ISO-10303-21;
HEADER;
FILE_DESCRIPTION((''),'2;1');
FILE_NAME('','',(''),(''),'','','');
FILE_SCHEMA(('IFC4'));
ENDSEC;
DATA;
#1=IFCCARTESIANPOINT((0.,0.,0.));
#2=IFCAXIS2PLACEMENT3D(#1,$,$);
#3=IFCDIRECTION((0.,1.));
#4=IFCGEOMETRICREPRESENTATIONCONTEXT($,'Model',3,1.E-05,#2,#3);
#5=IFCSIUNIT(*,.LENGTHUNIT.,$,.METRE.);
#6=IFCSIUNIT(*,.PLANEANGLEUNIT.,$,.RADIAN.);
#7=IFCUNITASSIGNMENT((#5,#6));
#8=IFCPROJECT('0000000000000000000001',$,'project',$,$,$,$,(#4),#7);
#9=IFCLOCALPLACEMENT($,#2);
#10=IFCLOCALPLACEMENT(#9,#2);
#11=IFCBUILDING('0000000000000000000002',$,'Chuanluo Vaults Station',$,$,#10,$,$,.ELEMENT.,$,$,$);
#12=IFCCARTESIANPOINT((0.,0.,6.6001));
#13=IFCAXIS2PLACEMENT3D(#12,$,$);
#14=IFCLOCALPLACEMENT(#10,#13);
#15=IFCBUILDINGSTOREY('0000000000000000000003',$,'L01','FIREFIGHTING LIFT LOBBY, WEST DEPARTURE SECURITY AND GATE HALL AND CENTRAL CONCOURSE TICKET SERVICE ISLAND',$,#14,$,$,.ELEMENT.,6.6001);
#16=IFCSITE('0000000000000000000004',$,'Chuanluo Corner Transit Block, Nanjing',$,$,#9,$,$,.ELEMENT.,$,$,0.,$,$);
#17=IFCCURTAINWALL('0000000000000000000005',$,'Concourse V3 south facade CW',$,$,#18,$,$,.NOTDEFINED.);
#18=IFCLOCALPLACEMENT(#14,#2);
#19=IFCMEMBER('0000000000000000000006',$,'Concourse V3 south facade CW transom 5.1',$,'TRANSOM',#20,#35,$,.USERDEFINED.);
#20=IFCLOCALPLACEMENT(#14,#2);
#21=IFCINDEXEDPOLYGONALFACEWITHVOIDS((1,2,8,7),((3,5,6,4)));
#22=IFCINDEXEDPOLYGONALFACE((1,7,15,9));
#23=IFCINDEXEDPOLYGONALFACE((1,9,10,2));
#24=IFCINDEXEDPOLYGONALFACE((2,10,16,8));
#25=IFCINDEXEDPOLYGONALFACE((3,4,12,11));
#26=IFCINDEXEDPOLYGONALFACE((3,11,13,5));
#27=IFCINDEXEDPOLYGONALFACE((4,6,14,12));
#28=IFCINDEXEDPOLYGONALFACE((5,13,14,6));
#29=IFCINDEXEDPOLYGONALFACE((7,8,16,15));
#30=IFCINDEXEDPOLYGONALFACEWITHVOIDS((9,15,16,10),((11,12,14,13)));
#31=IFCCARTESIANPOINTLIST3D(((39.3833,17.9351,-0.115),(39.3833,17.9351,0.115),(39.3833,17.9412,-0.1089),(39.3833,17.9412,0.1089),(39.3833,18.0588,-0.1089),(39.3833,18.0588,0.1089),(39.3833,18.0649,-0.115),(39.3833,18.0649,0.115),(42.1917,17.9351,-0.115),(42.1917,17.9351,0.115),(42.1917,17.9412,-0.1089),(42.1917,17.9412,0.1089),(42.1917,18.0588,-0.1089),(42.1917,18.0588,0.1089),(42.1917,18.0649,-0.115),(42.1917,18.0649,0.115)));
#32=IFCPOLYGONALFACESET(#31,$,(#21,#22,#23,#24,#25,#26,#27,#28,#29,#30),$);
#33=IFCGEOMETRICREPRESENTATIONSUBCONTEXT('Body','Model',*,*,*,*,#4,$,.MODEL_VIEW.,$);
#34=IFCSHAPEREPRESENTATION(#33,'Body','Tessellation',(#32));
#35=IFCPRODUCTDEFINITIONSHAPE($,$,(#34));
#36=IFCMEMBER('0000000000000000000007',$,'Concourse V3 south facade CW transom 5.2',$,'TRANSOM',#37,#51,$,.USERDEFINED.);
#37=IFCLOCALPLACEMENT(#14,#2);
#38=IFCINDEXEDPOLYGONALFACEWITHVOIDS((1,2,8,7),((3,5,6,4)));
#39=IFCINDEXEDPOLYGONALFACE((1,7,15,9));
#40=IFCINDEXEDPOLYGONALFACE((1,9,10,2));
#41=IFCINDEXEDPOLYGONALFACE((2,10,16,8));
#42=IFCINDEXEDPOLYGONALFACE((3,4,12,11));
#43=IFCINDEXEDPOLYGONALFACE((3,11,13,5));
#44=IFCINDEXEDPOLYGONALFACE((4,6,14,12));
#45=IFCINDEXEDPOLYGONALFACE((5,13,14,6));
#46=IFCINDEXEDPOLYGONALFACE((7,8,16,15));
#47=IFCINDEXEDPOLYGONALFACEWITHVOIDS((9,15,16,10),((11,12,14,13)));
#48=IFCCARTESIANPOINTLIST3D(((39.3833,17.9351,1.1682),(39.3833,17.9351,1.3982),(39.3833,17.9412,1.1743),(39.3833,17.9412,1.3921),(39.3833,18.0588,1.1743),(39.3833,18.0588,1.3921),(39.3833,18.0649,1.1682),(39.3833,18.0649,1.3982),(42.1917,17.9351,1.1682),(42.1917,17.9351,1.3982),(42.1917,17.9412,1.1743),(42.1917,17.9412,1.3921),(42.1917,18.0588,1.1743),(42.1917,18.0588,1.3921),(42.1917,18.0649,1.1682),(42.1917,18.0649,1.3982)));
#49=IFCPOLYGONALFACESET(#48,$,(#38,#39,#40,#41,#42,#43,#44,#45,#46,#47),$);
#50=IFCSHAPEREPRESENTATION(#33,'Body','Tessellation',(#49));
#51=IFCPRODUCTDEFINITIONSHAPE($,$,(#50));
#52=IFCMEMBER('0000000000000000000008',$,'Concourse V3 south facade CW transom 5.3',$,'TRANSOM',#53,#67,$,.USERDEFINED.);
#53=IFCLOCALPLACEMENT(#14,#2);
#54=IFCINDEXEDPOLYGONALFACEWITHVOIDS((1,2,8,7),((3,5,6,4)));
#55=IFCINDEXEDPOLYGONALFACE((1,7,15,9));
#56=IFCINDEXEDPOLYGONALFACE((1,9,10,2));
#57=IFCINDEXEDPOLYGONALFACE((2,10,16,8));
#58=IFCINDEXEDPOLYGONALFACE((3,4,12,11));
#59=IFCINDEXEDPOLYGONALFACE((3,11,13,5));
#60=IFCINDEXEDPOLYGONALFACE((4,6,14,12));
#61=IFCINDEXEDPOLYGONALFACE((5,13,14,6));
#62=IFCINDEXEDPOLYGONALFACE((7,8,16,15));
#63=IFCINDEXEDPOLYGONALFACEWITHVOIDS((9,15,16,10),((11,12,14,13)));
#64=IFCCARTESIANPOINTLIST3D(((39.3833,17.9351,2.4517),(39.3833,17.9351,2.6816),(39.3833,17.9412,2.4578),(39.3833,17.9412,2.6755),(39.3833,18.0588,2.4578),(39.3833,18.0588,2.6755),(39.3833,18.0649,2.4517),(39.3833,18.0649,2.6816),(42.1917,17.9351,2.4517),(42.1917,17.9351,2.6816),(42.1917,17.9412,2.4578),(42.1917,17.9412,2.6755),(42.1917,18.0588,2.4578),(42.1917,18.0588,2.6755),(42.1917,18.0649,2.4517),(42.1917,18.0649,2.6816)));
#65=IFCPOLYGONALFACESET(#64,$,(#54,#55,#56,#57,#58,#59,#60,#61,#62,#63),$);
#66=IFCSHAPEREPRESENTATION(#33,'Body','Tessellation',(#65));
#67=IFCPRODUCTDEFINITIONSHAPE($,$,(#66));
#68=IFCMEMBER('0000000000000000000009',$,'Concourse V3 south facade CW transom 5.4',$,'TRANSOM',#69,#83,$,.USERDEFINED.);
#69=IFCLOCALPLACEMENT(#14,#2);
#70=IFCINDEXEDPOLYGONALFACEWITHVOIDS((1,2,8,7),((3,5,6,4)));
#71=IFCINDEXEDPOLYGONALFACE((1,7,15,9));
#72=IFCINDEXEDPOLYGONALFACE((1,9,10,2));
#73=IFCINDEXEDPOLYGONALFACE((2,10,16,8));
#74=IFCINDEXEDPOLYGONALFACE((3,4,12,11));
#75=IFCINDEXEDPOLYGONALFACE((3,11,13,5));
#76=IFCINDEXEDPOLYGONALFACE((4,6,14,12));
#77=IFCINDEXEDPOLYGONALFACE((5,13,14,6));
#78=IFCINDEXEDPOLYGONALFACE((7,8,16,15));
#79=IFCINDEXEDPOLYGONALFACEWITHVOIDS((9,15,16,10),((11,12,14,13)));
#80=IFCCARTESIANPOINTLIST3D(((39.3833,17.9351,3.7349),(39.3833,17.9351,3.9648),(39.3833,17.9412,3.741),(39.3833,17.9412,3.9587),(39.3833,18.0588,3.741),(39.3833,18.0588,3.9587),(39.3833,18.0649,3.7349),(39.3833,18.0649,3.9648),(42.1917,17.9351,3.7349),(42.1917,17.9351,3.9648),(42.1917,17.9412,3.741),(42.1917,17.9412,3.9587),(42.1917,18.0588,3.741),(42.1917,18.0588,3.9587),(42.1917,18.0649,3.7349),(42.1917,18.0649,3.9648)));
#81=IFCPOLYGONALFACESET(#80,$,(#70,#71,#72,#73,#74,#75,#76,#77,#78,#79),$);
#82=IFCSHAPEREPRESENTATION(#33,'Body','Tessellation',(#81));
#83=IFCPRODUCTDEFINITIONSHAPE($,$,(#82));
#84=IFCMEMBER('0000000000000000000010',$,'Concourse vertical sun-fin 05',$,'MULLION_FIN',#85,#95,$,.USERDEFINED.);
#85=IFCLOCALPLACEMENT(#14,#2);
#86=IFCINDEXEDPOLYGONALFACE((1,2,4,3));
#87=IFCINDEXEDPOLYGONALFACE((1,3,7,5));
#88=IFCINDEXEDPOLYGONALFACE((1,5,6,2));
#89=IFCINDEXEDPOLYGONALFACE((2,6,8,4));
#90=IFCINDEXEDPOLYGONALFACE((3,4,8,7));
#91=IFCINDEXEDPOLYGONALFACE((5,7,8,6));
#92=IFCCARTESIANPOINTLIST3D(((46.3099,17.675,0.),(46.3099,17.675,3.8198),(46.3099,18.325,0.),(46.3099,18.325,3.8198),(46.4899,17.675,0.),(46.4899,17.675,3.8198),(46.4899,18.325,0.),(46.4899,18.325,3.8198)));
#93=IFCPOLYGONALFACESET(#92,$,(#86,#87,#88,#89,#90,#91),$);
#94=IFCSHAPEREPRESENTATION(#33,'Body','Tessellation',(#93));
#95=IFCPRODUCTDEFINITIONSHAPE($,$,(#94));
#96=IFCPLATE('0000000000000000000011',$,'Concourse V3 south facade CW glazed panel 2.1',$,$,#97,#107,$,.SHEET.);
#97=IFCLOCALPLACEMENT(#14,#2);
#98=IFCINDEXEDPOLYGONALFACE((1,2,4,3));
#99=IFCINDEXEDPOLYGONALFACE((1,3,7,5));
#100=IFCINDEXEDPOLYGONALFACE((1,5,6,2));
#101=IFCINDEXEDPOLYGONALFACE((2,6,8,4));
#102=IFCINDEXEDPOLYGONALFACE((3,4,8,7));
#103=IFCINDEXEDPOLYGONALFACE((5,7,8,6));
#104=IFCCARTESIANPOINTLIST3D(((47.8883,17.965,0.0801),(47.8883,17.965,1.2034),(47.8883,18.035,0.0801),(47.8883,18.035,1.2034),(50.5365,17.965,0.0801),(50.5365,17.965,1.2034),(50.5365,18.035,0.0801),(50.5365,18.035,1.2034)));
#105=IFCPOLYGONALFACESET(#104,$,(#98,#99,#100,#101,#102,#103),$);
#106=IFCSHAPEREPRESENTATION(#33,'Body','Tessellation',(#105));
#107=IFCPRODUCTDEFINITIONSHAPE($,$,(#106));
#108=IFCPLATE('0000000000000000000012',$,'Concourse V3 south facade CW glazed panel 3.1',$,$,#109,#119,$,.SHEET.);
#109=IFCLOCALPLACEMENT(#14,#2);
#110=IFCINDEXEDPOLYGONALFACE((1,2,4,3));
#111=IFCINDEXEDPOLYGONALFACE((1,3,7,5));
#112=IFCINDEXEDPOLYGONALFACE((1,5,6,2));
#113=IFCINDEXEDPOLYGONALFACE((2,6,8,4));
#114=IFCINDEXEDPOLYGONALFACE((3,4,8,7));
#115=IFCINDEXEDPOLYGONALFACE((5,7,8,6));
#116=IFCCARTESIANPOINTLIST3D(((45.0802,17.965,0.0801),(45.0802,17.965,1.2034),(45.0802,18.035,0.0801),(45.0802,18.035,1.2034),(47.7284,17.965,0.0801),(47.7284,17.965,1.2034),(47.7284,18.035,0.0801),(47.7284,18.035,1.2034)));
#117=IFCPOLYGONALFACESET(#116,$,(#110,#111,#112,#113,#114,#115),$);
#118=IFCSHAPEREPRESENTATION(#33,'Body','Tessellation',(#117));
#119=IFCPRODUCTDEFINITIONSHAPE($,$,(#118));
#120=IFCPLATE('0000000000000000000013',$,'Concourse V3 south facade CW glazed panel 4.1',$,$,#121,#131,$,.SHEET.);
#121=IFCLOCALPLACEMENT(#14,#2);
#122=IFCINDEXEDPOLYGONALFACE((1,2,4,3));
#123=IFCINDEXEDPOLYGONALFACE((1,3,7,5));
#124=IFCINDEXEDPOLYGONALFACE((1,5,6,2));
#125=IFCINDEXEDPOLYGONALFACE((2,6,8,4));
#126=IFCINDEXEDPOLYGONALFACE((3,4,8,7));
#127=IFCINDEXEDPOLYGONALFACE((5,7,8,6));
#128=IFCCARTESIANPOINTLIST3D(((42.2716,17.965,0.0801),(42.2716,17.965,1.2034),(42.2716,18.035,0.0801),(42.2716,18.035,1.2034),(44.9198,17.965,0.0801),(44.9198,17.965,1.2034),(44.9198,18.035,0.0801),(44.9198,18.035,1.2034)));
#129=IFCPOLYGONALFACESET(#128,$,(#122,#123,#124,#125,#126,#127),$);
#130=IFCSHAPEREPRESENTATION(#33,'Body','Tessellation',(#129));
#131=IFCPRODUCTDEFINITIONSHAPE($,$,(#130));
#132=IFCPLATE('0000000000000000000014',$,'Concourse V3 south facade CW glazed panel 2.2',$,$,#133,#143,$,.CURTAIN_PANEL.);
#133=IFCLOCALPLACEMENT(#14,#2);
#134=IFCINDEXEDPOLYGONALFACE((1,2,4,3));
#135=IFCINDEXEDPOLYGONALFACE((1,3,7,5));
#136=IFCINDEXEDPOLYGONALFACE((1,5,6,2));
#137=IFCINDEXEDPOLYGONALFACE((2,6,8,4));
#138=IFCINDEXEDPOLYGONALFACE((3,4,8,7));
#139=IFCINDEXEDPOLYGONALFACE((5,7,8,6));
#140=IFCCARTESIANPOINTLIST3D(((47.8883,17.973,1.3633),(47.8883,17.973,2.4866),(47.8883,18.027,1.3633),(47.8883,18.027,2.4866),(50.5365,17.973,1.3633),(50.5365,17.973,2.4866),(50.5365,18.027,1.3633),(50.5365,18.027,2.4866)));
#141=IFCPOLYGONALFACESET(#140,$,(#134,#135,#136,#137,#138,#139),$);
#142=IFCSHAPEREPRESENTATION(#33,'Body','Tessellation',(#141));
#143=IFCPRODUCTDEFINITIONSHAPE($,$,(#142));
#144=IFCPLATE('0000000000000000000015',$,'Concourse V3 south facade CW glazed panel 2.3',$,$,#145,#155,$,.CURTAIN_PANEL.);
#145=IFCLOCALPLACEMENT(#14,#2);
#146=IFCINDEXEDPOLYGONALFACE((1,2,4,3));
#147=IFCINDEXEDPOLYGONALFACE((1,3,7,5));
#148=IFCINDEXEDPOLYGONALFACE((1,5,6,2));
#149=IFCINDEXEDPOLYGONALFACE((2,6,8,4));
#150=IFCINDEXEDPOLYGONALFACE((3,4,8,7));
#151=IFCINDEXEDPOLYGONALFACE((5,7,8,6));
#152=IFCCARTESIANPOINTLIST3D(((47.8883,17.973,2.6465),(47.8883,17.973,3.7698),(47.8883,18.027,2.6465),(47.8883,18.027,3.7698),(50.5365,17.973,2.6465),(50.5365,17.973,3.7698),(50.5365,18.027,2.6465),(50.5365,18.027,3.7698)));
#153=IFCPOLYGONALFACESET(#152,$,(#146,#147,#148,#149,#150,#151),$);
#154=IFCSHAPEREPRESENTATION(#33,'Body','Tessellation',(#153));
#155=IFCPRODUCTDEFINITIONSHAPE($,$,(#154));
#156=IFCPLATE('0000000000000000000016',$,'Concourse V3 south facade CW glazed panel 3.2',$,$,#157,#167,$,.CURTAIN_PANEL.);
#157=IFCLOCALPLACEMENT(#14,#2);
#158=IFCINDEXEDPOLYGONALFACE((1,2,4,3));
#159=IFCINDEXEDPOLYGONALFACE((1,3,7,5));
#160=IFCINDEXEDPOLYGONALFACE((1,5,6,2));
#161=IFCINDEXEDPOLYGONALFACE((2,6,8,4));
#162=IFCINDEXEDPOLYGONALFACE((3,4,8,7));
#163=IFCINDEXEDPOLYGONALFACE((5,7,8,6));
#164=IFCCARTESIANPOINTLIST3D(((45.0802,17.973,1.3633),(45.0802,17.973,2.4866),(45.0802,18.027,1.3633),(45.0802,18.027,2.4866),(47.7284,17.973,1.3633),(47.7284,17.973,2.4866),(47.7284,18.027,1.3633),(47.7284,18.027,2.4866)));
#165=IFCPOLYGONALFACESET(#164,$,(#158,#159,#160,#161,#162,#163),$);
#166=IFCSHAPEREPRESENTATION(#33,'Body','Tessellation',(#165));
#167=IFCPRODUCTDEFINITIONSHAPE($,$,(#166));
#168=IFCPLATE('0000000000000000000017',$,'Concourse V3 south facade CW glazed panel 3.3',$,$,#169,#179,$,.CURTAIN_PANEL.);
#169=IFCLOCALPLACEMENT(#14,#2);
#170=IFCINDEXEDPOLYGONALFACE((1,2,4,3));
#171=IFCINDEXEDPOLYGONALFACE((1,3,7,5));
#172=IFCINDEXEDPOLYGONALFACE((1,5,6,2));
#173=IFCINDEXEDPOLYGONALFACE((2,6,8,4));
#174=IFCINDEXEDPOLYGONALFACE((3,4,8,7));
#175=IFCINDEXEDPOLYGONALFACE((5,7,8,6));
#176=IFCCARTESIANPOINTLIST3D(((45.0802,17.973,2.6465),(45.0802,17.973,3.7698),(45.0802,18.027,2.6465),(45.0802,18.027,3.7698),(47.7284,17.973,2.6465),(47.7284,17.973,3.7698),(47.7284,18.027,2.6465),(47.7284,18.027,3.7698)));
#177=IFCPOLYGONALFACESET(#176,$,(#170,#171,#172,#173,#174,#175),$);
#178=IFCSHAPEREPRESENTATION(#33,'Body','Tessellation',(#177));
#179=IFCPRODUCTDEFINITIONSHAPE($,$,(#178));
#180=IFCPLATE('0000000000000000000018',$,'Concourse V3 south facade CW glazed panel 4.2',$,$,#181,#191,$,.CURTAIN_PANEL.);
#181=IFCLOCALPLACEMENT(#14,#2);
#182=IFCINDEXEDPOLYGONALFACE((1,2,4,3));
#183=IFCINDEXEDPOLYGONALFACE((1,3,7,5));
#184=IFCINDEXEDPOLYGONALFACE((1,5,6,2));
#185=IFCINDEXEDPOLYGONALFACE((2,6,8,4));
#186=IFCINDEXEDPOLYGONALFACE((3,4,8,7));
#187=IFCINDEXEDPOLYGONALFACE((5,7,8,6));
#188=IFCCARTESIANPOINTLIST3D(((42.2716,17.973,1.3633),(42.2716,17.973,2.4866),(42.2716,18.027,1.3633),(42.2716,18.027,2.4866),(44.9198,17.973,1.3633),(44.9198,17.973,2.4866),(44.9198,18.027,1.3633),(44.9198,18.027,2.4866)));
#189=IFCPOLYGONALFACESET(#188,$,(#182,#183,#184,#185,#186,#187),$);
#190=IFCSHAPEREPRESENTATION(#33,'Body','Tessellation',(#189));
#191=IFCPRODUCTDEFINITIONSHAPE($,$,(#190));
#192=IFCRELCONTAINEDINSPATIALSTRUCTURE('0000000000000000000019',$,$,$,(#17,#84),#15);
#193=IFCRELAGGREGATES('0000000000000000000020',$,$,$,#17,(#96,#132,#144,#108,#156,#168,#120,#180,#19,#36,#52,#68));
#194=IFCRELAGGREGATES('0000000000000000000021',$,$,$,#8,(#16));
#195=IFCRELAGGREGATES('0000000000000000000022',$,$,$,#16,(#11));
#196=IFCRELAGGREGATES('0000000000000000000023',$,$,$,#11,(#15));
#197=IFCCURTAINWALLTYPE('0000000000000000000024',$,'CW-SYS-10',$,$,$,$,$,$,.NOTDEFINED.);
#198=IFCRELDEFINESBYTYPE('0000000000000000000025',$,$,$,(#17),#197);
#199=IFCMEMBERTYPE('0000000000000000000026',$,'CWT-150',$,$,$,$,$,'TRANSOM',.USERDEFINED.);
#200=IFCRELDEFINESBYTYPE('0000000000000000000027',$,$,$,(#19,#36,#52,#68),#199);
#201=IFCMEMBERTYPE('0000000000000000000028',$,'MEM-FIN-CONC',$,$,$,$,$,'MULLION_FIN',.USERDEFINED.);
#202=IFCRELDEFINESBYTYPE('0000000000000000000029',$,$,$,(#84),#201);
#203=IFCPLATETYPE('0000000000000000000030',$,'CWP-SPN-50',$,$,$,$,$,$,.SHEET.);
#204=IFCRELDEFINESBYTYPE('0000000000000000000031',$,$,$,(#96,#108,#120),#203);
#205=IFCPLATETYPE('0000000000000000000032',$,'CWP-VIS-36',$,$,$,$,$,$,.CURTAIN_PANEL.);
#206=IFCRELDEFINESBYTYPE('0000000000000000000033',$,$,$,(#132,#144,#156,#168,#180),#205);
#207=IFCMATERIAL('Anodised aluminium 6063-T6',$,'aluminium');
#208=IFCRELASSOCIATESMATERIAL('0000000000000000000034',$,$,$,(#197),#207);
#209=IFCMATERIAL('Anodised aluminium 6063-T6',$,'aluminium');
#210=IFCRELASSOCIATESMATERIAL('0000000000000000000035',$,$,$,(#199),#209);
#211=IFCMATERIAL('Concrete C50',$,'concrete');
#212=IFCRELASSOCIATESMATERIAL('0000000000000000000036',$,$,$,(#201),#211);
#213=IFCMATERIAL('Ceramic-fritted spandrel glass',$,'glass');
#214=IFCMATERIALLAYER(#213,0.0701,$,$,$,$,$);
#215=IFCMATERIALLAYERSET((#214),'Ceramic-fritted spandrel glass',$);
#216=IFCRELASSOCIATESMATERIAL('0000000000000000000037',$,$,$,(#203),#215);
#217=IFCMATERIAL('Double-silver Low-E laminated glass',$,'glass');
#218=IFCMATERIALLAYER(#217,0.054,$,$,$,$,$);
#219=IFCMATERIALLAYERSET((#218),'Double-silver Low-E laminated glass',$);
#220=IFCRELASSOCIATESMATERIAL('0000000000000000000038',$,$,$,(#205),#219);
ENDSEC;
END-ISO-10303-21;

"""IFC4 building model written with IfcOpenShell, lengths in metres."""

from ifc_helpers import new_model, si_unit, direction, frame, origin, origin_2d, place, context, subcontext, project, spatial, rectangle, hollow_rectangle, extrude, material, layer, layer_set, material_profile, profile_set, type_object, element, aggregate, save


model = new_model("IFC4")

# Units and contexts
model_context = context("Model", 3, precision=1e-05, world=origin(), true_north=direction((0.0, 1.0)))
body_context = subcontext(model_context, "Body", "Model", "MODEL_VIEW")
ifc_project = project(units=[si_unit("LENGTHUNIT", "METRE"), si_unit("PLANEANGLEUNIT", "RADIAN")], contexts=[model_context])

# Site, building, storey
site_placement = place(None, origin())
site = spatial("IfcSite", under=ifc_project, at=site_placement, Name="Chuanluo Corner Transit Block, Nanjing", CompositionType="ELEMENT", RefElevation=0.0)
building_placement = place(site_placement, origin())
building = spatial("IfcBuilding", under=site, at=building_placement, Name="Chuanluo Vaults Station", CompositionType="ELEMENT")
storey_placement = place(building_placement, frame((0.0, 0.0, 6.6001)))
storey = spatial("IfcBuildingStorey", under=building, at=storey_placement, Name="L01", Description="FIREFIGHTING LIFT LOBBY, WEST DEPARTURE SECURITY AND GATE HALL AND CENTRAL CONCOURSE TICKET SERVICE ISLAND", CompositionType="ELEMENT", Elevation=6.6001)

# Curtain wall, members
ifc_material_1 = material(Name="Anodised aluminium 6063-T6", Category="aluminium")
curtain_wall_type = type_object("IfcCurtainWallType", Name="CW-SYS-10", PredefinedType="NOTDEFINED", material=ifc_material_1)
curtain_wall_placement = place(storey_placement, origin())
curtain_wall = element("IfcCurtainWall", 1, at=curtain_wall_placement, inside=storey, type_object=curtain_wall_type, Name="Concourse V3 south facade CW", PredefinedType="NOTDEFINED")
ifc_material_2 = material(Name="Anodised aluminium 6063-T6", Category="aluminium")
ifc_material_profile_1 = material_profile(ifc_material_2, hollow_rectangle(XDim=0.1299, YDim=0.23, WallThickness=0.0061, at=origin_2d()))
ifc_profile_set_1 = profile_set([ifc_material_profile_1], Name="Anodised aluminium 6063-T6")
member_type_1 = type_object("IfcMemberType", Name="CWT-150", ElementType="TRANSOM", PredefinedType="USERDEFINED", material=ifc_profile_set_1)
member_1_placement = place(storey_placement, frame((42.1917, 18.0, 0.0), z_axis=(-1.0, 0.0, 0.0), x_axis=(0.0, -1.0, 0.0)))
member_1 = element("IfcMember", 2, at=member_1_placement, type_object=member_type_1, Name="Concourse V3 south facade CW transom 5.1", ObjectType="TRANSOM", PredefinedType="USERDEFINED", context=body_context, shape_type="SweptSolid", body=[
    extrude(hollow_rectangle(XDim=0.1299, YDim=0.23, WallThickness=0.0061, at=origin_2d()), origin(), (0.0, 0.0, 1.0), 2.8083),
])
member_2_placement = place(storey_placement, frame((42.1917, 18.0, 1.2832), z_axis=(-1.0, 0.0, 0.0), x_axis=(0.0, -1.0, 0.0)))
member_2 = element("IfcMember", 3, at=member_2_placement, type_object=member_type_1, Name="Concourse V3 south facade CW transom 5.2", ObjectType="TRANSOM", PredefinedType="USERDEFINED", context=body_context, shape_type="SweptSolid", body=[
    extrude(hollow_rectangle(XDim=0.1299, YDim=0.23, WallThickness=0.0061, at=origin_2d()), origin(), (0.0, 0.0, 1.0), 2.8083),
])
member_3_placement = place(storey_placement, frame((42.1917, 18.0, 2.5667), z_axis=(-1.0, 0.0, 0.0), x_axis=(0.0, -1.0, 0.0)))
member_3 = element("IfcMember", 4, at=member_3_placement, type_object=member_type_1, Name="Concourse V3 south facade CW transom 5.3", ObjectType="TRANSOM", PredefinedType="USERDEFINED", context=body_context, shape_type="SweptSolid", body=[
    extrude(hollow_rectangle(XDim=0.1299, YDim=0.23, WallThickness=0.0061, at=origin_2d()), origin(), (0.0, 0.0, 1.0), 2.8083),
])
member_4_placement = place(storey_placement, frame((42.1917, 18.0, 3.8499), z_axis=(-1.0, 0.0, 0.0), x_axis=(0.0, -1.0, 0.0)))
member_4 = element("IfcMember", 5, at=member_4_placement, type_object=member_type_1, Name="Concourse V3 south facade CW transom 5.4", ObjectType="TRANSOM", PredefinedType="USERDEFINED", context=body_context, shape_type="SweptSolid", body=[
    extrude(hollow_rectangle(XDim=0.1299, YDim=0.23, WallThickness=0.0061, at=origin_2d()), origin(), (0.0, 0.0, 1.0), 2.8083),
])

# Member
ifc_material_3 = material(Name="Concrete C50", Category="concrete")
ifc_material_profile_2 = material_profile(ifc_material_3, rectangle(XDim=0.1799, YDim=0.6499, at=origin_2d()))
ifc_profile_set_2 = profile_set([ifc_material_profile_2], Name="Concrete C50")
member_type_2 = type_object("IfcMemberType", Name="MEM-FIN-CONC", ElementType="MULLION_FIN", PredefinedType="USERDEFINED", material=ifc_profile_set_2)
member_5_placement = place(storey_placement, frame((46.3999, 18.0, 0.0), z_axis=(0.0, 0.0, 1.0), x_axis=(1.0, 0.0, 0.0)))
element("IfcMember", 6, at=member_5_placement, inside=storey, type_object=member_type_2, Name="Concourse vertical sun-fin 05", ObjectType="MULLION_FIN", PredefinedType="USERDEFINED", context=body_context, shape_type="SweptSolid", body=[
    extrude(rectangle(XDim=0.1799, YDim=0.6499, at=origin_2d()), origin(), (0.0, 0.0, 1.0), 3.8198),
])

# Plates
ifc_material_4 = material(Name="Ceramic-fritted spandrel glass", Category="glass")
ifc_layer_1 = layer(ifc_material_4, 0.0701)
ifc_layer_set_1 = layer_set([ifc_layer_1], Name="Ceramic-fritted spandrel glass")
plate_type_1 = type_object("IfcPlateType", Name="CWP-SPN-50", PredefinedType="SHEET", material=ifc_layer_set_1)
plate_1_placement = place(storey_placement, frame((49.2124, 18.0, 0.0801), z_axis=(0.0, 0.0, 1.0), x_axis=(-1.0, 0.0, 0.0)))
plate_1 = element("IfcPlate", 7, at=plate_1_placement, type_object=plate_type_1, Name="Concourse V3 south facade CW glazed panel 2.1", PredefinedType="SHEET", context=body_context, shape_type="SweptSolid", body=[
    extrude(rectangle(XDim=2.6482, YDim=0.0701, at=origin_2d()), origin(), (0.0, 0.0, 1.0), 1.1233),
])
plate_2_placement = place(storey_placement, frame((46.4043, 18.0, 0.0801), z_axis=(0.0, 0.0, 1.0), x_axis=(-1.0, 0.0, 0.0)))
plate_2 = element("IfcPlate", 8, at=plate_2_placement, type_object=plate_type_1, Name="Concourse V3 south facade CW glazed panel 3.1", PredefinedType="SHEET", context=body_context, shape_type="SweptSolid", body=[
    extrude(rectangle(XDim=2.6482, YDim=0.0701, at=origin_2d()), origin(), (0.0, 0.0, 1.0), 1.1233),
])
plate_3_placement = place(storey_placement, frame((43.5957, 18.0, 0.0801), z_axis=(0.0, 0.0, 1.0), x_axis=(-1.0, 0.0, 0.0)))
plate_3 = element("IfcPlate", 9, at=plate_3_placement, type_object=plate_type_1, Name="Concourse V3 south facade CW glazed panel 4.1", PredefinedType="SHEET", context=body_context, shape_type="SweptSolid", body=[
    extrude(rectangle(XDim=2.6482, YDim=0.0701, at=origin_2d()), origin(), (0.0, 0.0, 1.0), 1.1233),
])
ifc_material_5 = material(Name="Double-silver Low-E laminated glass", Category="glass")
ifc_layer_2 = layer(ifc_material_5, 0.054)
ifc_layer_set_2 = layer_set([ifc_layer_2], Name="Double-silver Low-E laminated glass")
plate_type_2 = type_object("IfcPlateType", Name="CWP-VIS-36", PredefinedType="CURTAIN_PANEL", material=ifc_layer_set_2)
plate_4_placement = place(storey_placement, frame((49.2124, 18.0, 1.3633), z_axis=(0.0, 0.0, 1.0), x_axis=(-1.0, 0.0, 0.0)))
plate_4 = element("IfcPlate", 10, at=plate_4_placement, type_object=plate_type_2, Name="Concourse V3 south facade CW glazed panel 2.2", PredefinedType="CURTAIN_PANEL", context=body_context, shape_type="SweptSolid", body=[
    extrude(rectangle(XDim=2.6482, YDim=0.054, at=origin_2d()), origin(), (0.0, 0.0, 1.0), 1.1233),
])
plate_5_placement = place(storey_placement, frame((49.2124, 18.0, 2.6465), z_axis=(0.0, 0.0, 1.0), x_axis=(-1.0, 0.0, 0.0)))
plate_5 = element("IfcPlate", 11, at=plate_5_placement, type_object=plate_type_2, Name="Concourse V3 south facade CW glazed panel 2.3", PredefinedType="CURTAIN_PANEL", context=body_context, shape_type="SweptSolid", body=[
    extrude(rectangle(XDim=2.6482, YDim=0.054, at=origin_2d()), origin(), (0.0, 0.0, 1.0), 1.1233),
])
plate_6_placement = place(storey_placement, frame((46.4043, 18.0, 1.3633), z_axis=(0.0, 0.0, 1.0), x_axis=(-1.0, 0.0, 0.0)))
plate_6 = element("IfcPlate", 12, at=plate_6_placement, type_object=plate_type_2, Name="Concourse V3 south facade CW glazed panel 3.2", PredefinedType="CURTAIN_PANEL", context=body_context, shape_type="SweptSolid", body=[
    extrude(rectangle(XDim=2.6482, YDim=0.054, at=origin_2d()), origin(), (0.0, 0.0, 1.0), 1.1233),
])
plate_7_placement = place(storey_placement, frame((46.4043, 18.0, 2.6465), z_axis=(0.0, 0.0, 1.0), x_axis=(-1.0, 0.0, 0.0)))
plate_7 = element("IfcPlate", 13, at=plate_7_placement, type_object=plate_type_2, Name="Concourse V3 south facade CW glazed panel 3.3", PredefinedType="CURTAIN_PANEL", context=body_context, shape_type="SweptSolid", body=[
    extrude(rectangle(XDim=2.6482, YDim=0.054, at=origin_2d()), origin(), (0.0, 0.0, 1.0), 1.1233),
])
plate_8_placement = place(storey_placement, frame((43.5957, 18.0, 1.3633), z_axis=(0.0, 0.0, 1.0), x_axis=(-1.0, 0.0, 0.0)))
plate_8 = element("IfcPlate", 14, at=plate_8_placement, type_object=plate_type_2, Name="Concourse V3 south facade CW glazed panel 4.2", PredefinedType="CURTAIN_PANEL", context=body_context, shape_type="SweptSolid", body=[
    extrude(rectangle(XDim=2.6482, YDim=0.054, at=origin_2d()), origin(), (0.0, 0.0, 1.0), 1.1233),
])
aggregate(curtain_wall, [plate_1, plate_4, plate_5, plate_2, plate_6, plate_7, plate_3, plate_8, member_1, member_2, member_3, member_4])

save(model, "model.ifc")
